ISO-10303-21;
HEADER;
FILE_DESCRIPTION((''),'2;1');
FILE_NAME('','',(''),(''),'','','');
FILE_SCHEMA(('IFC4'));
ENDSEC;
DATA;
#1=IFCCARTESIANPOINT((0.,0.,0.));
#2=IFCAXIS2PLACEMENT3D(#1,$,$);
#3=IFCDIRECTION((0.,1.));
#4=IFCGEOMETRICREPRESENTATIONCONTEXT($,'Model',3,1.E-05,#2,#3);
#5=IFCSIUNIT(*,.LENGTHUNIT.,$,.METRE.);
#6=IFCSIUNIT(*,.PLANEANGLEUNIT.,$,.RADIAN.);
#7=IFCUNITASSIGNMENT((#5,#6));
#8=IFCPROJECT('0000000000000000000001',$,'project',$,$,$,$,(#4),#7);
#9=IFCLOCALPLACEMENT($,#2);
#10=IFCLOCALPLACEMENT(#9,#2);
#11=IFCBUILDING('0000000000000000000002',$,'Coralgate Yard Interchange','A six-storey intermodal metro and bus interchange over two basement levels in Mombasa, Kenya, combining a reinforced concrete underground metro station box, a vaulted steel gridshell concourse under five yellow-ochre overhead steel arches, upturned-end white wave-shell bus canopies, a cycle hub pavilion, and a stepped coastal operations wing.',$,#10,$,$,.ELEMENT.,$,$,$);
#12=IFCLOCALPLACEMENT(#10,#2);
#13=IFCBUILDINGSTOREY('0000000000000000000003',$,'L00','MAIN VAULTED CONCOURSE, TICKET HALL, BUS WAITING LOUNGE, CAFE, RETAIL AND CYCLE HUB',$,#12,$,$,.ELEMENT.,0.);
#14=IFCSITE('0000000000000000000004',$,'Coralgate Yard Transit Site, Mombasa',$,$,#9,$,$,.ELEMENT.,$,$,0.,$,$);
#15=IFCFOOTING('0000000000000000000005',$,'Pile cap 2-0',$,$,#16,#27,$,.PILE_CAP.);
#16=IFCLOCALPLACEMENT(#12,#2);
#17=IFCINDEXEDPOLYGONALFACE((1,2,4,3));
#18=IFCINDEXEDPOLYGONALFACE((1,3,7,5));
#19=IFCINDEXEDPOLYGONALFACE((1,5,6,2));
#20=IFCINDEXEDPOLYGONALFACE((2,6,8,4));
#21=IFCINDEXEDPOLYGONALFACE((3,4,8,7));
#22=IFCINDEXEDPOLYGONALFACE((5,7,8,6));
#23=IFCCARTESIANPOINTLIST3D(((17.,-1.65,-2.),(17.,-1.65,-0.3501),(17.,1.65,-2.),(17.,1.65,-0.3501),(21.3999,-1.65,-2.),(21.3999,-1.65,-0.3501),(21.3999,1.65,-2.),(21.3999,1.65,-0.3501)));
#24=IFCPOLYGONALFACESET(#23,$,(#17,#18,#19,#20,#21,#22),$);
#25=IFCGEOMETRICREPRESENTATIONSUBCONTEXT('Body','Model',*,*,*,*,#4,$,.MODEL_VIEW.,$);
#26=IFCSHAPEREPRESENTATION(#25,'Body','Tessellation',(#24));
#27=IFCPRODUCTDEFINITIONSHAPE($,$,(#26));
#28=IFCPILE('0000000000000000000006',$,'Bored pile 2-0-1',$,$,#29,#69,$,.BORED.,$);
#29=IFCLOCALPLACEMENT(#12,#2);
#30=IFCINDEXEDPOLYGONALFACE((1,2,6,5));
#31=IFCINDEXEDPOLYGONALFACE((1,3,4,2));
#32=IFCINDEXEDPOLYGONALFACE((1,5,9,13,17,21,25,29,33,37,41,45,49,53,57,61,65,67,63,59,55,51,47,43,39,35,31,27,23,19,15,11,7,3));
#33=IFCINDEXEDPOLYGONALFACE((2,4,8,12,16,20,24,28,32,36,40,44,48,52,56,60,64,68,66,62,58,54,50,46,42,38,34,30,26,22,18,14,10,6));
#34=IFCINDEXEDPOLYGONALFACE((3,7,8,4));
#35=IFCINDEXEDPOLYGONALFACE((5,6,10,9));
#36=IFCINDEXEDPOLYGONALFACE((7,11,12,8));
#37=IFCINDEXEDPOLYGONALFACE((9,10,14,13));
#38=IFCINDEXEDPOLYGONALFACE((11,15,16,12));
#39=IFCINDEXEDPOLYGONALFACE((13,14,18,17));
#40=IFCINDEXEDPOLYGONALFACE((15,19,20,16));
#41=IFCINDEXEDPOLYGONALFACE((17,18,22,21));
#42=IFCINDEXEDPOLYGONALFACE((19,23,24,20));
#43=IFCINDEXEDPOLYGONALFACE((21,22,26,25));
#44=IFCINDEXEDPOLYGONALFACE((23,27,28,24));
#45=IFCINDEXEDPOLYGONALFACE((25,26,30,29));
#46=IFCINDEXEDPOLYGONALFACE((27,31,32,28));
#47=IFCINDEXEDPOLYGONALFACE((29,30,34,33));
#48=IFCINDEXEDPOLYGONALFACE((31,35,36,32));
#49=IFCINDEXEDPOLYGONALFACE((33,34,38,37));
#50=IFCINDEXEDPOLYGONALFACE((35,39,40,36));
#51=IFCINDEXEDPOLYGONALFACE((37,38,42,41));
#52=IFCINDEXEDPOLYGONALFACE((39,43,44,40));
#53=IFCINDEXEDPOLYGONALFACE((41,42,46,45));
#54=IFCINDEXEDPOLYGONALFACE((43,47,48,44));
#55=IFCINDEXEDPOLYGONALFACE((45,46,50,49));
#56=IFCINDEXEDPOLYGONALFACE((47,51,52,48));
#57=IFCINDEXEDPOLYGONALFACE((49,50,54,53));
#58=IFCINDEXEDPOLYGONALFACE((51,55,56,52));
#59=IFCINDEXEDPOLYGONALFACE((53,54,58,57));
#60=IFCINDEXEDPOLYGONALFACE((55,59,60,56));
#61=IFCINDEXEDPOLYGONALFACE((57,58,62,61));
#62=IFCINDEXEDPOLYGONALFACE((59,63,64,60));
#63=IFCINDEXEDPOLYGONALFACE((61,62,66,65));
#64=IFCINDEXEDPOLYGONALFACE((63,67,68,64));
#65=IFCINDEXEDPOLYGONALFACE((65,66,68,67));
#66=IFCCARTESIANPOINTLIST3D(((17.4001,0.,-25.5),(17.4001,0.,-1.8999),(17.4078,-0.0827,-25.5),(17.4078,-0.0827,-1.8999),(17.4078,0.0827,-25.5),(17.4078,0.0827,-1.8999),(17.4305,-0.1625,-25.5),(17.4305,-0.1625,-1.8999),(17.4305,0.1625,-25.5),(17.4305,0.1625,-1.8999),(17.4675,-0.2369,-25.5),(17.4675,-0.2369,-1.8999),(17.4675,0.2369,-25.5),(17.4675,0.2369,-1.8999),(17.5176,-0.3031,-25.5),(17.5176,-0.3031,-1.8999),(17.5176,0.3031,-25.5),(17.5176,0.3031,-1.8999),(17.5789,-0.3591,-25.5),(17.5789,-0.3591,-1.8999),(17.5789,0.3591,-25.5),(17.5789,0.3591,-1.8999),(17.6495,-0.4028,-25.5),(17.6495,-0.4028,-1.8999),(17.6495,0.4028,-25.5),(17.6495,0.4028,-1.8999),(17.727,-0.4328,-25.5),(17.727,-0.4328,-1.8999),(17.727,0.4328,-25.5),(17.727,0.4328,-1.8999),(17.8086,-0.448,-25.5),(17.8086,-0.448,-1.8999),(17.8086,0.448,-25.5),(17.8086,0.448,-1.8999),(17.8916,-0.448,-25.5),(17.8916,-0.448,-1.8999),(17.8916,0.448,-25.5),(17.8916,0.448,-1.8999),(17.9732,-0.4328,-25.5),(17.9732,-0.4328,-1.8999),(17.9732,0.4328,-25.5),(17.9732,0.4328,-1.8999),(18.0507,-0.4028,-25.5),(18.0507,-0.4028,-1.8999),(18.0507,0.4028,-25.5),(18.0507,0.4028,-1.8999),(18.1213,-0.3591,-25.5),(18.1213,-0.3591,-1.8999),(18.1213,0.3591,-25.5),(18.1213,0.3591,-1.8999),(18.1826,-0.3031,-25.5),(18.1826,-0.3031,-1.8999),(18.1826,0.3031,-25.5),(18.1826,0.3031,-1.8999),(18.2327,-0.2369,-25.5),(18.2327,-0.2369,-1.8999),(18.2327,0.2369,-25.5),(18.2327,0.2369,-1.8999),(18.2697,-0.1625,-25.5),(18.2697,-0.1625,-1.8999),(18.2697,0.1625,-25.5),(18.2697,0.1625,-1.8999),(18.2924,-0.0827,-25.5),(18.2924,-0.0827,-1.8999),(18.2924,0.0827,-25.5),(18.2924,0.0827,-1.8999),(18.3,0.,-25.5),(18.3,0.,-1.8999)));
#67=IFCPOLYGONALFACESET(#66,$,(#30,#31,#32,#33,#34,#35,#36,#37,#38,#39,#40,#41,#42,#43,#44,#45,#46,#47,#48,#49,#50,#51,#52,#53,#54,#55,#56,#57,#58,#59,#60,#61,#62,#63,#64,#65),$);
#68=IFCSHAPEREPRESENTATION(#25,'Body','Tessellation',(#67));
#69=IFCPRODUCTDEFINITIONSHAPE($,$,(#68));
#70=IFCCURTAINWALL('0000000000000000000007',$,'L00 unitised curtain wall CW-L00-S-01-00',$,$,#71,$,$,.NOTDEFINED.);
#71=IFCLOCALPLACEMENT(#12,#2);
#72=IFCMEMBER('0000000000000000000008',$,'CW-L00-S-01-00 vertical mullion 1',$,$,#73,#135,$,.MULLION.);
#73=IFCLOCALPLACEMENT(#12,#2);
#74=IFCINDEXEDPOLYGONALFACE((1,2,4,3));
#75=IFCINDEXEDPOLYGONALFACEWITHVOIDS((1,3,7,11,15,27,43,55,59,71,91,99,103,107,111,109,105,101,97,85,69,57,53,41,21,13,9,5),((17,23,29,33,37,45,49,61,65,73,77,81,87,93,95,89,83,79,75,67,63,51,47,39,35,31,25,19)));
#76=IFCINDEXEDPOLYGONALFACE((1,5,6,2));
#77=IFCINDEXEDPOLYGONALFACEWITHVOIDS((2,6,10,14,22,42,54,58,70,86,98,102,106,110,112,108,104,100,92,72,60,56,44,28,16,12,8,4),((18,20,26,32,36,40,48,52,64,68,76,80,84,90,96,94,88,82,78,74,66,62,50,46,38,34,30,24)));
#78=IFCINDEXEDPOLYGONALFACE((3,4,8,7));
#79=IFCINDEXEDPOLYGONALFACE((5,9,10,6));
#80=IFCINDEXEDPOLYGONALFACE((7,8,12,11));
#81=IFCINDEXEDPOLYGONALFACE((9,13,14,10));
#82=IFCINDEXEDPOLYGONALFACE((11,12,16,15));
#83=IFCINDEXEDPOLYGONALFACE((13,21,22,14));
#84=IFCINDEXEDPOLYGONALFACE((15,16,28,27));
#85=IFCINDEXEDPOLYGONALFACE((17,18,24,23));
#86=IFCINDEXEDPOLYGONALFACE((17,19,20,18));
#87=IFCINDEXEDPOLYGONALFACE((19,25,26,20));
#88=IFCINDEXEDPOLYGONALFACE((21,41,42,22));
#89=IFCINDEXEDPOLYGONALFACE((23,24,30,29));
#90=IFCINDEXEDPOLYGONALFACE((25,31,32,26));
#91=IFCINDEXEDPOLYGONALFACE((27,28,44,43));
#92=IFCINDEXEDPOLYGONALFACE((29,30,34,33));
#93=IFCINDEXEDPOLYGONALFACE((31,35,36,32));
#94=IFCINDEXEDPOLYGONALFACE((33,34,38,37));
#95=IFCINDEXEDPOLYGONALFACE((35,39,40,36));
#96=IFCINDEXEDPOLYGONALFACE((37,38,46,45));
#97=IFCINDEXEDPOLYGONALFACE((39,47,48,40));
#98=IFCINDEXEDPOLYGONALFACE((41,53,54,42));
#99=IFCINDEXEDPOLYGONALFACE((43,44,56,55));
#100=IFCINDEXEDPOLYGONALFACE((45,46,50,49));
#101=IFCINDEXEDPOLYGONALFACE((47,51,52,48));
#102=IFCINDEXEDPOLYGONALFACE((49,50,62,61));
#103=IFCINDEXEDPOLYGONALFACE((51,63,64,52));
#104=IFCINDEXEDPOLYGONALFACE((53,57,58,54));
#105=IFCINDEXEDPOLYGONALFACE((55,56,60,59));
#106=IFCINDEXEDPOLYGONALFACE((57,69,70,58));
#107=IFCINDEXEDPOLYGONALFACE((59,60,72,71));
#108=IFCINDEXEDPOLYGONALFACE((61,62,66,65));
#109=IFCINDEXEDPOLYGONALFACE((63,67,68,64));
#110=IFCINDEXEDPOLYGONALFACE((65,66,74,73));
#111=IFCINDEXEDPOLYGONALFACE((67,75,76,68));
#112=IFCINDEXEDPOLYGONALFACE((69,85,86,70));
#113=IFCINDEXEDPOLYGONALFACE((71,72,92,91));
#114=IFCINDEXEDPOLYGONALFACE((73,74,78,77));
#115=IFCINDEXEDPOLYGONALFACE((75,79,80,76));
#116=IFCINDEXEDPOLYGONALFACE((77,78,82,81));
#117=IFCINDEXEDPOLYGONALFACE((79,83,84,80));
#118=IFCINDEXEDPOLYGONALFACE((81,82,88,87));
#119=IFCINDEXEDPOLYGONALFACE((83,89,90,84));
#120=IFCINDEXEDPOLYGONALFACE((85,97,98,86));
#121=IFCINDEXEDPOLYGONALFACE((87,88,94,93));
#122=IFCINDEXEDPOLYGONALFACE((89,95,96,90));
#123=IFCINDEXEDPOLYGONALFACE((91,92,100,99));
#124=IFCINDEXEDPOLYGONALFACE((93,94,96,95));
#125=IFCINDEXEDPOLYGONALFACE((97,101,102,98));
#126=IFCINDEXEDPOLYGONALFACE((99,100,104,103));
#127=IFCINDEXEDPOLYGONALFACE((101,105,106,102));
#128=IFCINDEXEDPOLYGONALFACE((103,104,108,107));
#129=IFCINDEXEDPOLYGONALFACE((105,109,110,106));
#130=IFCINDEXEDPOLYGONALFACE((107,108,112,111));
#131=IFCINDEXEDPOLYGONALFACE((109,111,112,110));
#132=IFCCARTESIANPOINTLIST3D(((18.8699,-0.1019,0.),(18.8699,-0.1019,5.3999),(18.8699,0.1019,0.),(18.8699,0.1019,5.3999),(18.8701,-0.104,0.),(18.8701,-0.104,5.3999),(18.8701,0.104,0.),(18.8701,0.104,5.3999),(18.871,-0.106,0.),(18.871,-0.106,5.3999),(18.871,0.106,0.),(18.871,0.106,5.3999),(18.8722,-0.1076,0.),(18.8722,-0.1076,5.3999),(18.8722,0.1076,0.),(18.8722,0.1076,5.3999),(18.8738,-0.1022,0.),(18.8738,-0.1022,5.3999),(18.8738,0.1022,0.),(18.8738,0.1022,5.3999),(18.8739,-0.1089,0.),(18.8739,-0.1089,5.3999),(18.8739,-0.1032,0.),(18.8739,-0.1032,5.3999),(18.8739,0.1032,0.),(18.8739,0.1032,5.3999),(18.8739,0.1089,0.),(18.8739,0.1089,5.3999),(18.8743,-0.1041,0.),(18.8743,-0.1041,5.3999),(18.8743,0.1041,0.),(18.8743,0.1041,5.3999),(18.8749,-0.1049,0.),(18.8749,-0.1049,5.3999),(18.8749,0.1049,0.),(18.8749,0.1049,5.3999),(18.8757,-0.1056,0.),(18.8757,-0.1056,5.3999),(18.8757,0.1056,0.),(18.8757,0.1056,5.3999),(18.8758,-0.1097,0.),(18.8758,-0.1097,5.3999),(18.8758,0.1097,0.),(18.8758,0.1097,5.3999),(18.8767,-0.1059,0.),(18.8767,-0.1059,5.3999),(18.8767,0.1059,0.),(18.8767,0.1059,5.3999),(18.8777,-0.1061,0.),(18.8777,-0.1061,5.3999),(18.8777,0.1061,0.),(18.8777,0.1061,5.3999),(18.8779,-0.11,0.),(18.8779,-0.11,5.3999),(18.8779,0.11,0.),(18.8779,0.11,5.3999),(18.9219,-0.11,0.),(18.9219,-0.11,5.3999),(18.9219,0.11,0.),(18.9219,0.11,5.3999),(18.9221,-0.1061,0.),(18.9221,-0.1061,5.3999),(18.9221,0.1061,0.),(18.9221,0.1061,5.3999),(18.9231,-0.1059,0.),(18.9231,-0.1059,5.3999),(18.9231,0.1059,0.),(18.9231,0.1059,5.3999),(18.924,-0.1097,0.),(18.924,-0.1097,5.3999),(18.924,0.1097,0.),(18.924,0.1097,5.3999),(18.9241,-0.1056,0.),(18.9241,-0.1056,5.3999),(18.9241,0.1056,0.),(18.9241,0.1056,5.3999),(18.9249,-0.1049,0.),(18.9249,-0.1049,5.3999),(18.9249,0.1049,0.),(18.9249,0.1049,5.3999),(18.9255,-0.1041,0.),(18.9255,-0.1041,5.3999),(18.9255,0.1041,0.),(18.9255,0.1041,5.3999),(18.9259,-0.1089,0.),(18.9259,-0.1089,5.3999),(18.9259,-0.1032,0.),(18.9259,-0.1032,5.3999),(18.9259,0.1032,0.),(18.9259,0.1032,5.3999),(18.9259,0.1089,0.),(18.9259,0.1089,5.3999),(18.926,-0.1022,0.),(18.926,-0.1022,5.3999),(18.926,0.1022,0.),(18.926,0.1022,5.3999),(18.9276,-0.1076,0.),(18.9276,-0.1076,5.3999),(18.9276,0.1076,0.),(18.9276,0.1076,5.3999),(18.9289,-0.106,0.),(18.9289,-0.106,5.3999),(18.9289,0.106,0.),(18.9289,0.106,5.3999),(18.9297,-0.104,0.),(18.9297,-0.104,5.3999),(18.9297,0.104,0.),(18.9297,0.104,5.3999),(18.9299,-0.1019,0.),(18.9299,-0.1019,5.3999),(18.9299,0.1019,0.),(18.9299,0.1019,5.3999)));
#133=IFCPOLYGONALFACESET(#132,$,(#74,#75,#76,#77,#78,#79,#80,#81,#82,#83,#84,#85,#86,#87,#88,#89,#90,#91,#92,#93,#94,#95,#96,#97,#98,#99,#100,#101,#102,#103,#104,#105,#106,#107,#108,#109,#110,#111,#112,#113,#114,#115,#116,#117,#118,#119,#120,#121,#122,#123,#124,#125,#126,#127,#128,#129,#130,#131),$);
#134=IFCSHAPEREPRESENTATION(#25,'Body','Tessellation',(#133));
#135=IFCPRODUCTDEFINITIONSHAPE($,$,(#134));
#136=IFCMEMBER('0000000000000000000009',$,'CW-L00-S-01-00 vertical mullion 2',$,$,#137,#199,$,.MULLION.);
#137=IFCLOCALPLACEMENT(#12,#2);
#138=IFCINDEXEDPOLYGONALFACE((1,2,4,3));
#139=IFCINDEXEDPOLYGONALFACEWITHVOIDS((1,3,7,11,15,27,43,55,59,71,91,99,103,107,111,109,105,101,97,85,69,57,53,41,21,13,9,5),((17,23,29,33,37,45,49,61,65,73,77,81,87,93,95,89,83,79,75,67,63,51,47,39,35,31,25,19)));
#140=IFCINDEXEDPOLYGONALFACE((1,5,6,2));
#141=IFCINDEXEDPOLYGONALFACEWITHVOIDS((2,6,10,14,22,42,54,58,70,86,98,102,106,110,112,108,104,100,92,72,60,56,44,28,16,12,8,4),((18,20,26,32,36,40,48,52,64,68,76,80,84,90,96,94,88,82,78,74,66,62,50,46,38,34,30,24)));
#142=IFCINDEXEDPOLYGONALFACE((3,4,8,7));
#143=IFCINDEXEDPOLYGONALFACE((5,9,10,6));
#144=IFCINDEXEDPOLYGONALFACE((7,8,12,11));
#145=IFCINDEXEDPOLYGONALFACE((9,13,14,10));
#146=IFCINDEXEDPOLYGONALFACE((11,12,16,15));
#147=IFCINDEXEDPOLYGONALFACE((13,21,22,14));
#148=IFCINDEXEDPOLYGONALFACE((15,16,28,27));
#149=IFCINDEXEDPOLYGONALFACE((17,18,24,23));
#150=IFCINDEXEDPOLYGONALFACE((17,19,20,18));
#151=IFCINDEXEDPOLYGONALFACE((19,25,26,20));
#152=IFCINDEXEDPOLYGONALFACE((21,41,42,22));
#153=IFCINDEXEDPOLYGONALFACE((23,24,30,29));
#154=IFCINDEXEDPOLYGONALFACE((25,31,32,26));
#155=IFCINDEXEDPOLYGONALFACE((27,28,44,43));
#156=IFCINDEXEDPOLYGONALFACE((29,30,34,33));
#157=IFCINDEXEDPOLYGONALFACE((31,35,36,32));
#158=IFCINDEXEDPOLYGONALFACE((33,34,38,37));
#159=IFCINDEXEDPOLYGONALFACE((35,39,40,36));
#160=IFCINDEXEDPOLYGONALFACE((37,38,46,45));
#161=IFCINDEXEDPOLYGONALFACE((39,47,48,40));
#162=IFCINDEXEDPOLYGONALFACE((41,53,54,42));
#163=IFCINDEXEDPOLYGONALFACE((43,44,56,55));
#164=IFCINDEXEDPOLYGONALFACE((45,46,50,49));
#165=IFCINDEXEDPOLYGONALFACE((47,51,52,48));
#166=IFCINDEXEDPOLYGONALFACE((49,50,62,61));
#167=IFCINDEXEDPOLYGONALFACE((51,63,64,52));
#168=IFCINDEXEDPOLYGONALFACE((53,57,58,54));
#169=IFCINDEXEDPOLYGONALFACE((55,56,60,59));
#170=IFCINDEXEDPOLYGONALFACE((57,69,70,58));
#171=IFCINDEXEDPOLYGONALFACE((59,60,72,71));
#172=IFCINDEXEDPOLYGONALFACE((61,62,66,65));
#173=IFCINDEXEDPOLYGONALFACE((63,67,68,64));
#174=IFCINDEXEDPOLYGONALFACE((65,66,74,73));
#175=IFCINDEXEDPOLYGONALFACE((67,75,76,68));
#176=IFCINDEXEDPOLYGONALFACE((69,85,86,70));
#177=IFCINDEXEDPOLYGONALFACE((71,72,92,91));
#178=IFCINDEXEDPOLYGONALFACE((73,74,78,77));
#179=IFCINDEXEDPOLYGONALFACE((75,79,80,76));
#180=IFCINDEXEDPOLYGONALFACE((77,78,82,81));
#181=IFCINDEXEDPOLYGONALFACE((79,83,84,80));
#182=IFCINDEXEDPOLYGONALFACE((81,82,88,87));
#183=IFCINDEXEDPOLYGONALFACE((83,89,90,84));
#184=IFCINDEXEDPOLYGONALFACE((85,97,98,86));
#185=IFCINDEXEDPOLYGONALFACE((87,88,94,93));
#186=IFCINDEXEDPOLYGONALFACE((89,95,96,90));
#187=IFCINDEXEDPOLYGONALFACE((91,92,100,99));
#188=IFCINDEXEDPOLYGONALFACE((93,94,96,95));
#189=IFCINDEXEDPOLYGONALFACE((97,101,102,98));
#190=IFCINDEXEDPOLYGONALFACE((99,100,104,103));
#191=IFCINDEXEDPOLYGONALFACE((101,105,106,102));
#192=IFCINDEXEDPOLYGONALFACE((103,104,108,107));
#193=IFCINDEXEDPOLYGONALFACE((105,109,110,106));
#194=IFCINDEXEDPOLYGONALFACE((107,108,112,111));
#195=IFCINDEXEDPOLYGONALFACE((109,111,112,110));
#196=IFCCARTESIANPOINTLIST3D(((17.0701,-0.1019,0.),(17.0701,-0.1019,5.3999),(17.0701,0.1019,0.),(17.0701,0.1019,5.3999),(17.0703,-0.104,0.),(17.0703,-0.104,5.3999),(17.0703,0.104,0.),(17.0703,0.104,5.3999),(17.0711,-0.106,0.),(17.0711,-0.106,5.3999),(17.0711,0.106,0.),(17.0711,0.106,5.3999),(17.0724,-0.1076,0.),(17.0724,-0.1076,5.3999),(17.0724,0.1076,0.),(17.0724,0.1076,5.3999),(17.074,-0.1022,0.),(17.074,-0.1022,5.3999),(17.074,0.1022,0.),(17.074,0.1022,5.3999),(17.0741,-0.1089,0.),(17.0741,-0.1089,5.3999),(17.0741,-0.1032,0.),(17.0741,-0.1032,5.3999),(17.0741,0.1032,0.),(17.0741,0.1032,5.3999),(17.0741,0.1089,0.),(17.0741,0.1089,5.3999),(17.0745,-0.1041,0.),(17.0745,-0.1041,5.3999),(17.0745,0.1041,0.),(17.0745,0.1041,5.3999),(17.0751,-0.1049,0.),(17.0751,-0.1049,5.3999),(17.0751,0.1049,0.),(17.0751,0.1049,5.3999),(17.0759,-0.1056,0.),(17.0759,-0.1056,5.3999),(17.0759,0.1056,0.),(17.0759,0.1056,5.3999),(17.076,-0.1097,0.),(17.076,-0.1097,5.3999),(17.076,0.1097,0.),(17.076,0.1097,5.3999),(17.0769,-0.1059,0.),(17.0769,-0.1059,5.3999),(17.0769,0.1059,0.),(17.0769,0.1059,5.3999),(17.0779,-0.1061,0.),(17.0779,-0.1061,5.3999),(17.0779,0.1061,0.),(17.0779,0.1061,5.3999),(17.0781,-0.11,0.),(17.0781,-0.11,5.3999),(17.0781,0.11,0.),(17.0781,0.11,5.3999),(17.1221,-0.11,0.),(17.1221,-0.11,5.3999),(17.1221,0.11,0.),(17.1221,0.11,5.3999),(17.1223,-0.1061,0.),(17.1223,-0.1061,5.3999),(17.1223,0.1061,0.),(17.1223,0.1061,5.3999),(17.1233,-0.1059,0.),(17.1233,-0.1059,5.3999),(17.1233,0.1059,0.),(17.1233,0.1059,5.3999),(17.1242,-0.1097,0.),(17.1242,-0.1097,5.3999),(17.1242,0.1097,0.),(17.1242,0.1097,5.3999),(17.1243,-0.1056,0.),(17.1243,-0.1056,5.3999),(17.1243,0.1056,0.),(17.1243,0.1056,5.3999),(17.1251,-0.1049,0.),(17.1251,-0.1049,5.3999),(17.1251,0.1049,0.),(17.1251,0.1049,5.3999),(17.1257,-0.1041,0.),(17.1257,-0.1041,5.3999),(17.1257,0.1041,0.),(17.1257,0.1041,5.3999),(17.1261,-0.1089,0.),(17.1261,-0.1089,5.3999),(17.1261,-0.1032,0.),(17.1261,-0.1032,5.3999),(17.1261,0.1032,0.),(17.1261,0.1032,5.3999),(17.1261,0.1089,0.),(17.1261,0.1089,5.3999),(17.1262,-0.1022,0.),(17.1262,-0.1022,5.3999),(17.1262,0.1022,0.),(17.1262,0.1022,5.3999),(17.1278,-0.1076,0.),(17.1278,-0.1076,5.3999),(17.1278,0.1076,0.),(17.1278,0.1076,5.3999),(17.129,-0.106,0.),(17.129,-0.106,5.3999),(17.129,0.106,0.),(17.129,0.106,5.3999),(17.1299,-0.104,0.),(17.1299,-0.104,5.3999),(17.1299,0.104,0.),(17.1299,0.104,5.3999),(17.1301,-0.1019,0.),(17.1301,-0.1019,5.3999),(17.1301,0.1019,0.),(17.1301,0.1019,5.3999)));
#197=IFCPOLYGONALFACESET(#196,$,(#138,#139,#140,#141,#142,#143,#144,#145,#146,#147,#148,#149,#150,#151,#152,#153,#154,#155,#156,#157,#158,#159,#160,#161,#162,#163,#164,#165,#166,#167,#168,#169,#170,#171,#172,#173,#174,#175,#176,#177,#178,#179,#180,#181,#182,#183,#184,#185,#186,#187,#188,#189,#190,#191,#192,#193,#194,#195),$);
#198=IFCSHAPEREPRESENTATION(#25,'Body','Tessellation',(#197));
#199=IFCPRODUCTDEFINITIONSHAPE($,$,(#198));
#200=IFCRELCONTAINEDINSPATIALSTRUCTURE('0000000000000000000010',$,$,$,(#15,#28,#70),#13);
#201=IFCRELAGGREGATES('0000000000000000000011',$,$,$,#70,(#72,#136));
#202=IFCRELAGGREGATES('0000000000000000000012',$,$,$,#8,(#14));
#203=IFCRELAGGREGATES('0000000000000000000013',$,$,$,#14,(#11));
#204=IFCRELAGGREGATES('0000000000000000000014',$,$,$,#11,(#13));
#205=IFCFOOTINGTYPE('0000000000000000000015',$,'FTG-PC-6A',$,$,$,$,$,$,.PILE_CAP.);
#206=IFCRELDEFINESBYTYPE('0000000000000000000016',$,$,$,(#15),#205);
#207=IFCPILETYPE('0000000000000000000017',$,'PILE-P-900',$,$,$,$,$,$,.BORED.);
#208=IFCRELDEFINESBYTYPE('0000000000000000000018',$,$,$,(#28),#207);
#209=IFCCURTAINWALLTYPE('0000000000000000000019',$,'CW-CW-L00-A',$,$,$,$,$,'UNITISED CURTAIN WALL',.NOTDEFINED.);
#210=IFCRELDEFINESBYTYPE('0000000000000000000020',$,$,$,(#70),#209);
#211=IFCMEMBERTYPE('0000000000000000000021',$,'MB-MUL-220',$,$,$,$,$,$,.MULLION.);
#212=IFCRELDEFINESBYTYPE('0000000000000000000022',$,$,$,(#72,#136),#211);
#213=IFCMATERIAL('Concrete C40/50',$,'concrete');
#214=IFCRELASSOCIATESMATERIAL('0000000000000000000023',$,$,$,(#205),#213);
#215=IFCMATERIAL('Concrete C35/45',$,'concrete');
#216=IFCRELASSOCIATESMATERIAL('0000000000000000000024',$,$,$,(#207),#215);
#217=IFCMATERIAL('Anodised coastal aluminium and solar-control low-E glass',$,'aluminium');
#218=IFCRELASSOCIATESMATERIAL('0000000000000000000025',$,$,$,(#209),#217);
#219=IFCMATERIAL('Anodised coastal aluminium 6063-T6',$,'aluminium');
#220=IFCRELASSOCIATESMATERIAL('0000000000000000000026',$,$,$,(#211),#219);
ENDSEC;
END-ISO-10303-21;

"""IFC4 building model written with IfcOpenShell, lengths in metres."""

from ifc_helpers import new_model, si_unit, direction, frame, origin, origin_2d, place, context, subcontext, project, spatial, rectangle, hollow_rectangle, circle, extrude, material, material_profile, profile_set, type_object, element, aggregate, save


model = new_model("IFC4")

# Units and contexts
model_context = context("Model", 3, precision=1e-05, world=origin(), true_north=direction((0.0, 1.0)))
body_context = subcontext(model_context, "Body", "Model", "MODEL_VIEW")
ifc_project = project(units=[si_unit("LENGTHUNIT", "METRE"), si_unit("PLANEANGLEUNIT", "RADIAN")], contexts=[model_context])

# Site, building, storey
site_placement = place(None, origin())
site = spatial("IfcSite", under=ifc_project, at=site_placement, Name="Coralgate Yard Transit Site, Mombasa", CompositionType="ELEMENT", RefElevation=0.0)
building_placement = place(site_placement, origin())
building = spatial("IfcBuilding", under=site, at=building_placement, Name="Coralgate Yard Interchange", Description="A six-storey intermodal metro and bus interchange over two basement levels in Mombasa, Kenya, combining a reinforced concrete underground metro station box, a vaulted steel gridshell concourse under five yellow-ochre overhead steel arches, upturned-end white wave-shell bus canopies, a cycle hub pavilion, and a stepped coastal operations wing.", CompositionType="ELEMENT")
storey_placement = place(building_placement, origin())
storey = spatial("IfcBuildingStorey", under=building, at=storey_placement, Name="L00", Description="MAIN VAULTED CONCOURSE, TICKET HALL, BUS WAITING LOUNGE, CAFE, RETAIL AND CYCLE HUB", CompositionType="ELEMENT", Elevation=0.0)

# Footing
ifc_material_1 = material(Name="Concrete C40/50", Category="concrete")
footing_type = type_object("IfcFootingType", Name="FTG-PC-6A", PredefinedType="PILE_CAP", material=ifc_material_1)
footing_placement = place(storey_placement, frame((19.2, 0.0, -2.0), z_axis=(0.0, 0.0, 1.0), x_axis=(1.0, 0.0, 0.0)))
element("IfcFooting", 1, at=footing_placement, inside=storey, type_object=footing_type, Name="Pile cap 2-0", PredefinedType="PILE_CAP", context=body_context, shape_type="SweptSolid", body=[
    extrude(rectangle(XDim=4.3999, YDim=3.3, at=origin_2d()), origin(), (0.0, 0.0, 1.0), 1.6499),
])

# Pile
ifc_material_2 = material(Name="Concrete C35/45", Category="concrete")
ifc_material_profile_1 = material_profile(ifc_material_2, circle(Radius=0.45, at=origin_2d()), Name="BORED PILE D900")
ifc_profile_set_1 = profile_set([ifc_material_profile_1], Name="Concrete C35/45")
pile_type = type_object("IfcPileType", Name="PILE-P-900", PredefinedType="BORED", material=ifc_profile_set_1)
pile_placement = place(storey_placement, frame((17.8501, 0.0, -1.8999), z_axis=(0.0, 0.0, -1.0), x_axis=(1.0, 0.0, 0.0)))
element("IfcPile", 2, at=pile_placement, inside=storey, type_object=pile_type, Name="Bored pile 2-0-1", PredefinedType="BORED", context=body_context, shape_type="SweptSolid", body=[
    extrude(circle(Radius=0.45, at=origin_2d()), origin(), (0.0, 0.0, 1.0), 23.6001),
])

# Curtain wall, members
ifc_material_3 = material(Name="Anodised coastal aluminium and solar-control low-E glass", Category="aluminium")
curtain_wall_type = type_object("IfcCurtainWallType", Name="CW-CW-L00-A", ElementType="UNITISED CURTAIN WALL", PredefinedType="NOTDEFINED", material=ifc_material_3)
curtain_wall_placement = place(storey_placement, origin())
curtain_wall = element("IfcCurtainWall", 3, at=curtain_wall_placement, inside=storey, type_object=curtain_wall_type, Name="L00 unitised curtain wall CW-L00-S-01-00", PredefinedType="NOTDEFINED")
ifc_material_4 = material(Name="Anodised coastal aluminium 6063-T6", Category="aluminium")
ifc_material_profile_2 = material_profile(ifc_material_4, hollow_rectangle(XDim=0.0601, YDim=0.22, WallThickness=0.0039, InnerFilletRadius=0.0039, OuterFilletRadius=0.0081, at=origin_2d()), Name="ALU 60x220x4")
ifc_profile_set_2 = profile_set([ifc_material_profile_2], Name="Anodised coastal aluminium 6063-T6")
member_type_1 = type_object("IfcMemberType", Name="MB-MUL-220", PredefinedType="MULLION", material=ifc_profile_set_2)
member_1_placement = place(storey_placement, frame((18.8999, 0.0, 0.0), z_axis=(0.0, 0.0, 1.0), x_axis=(1.0, 0.0, 0.0)))
member_1 = element("IfcMember", 4, at=member_1_placement, type_object=member_type_1, Name="CW-L00-S-01-00 vertical mullion 1", PredefinedType="MULLION", context=body_context, shape_type="SweptSolid", body=[
    extrude(hollow_rectangle(XDim=0.0601, YDim=0.22, WallThickness=0.0039, InnerFilletRadius=0.0039, OuterFilletRadius=0.0081, at=origin_2d()), origin(), (0.0, 0.0, 1.0), 5.3999),
])
member_2_placement = place(storey_placement, frame((17.1001, 0.0, 0.0), z_axis=(0.0, 0.0, 1.0), x_axis=(1.0, 0.0, 0.0)))
member_2 = element("IfcMember", 5, at=member_2_placement, type_object=member_type_1, Name="CW-L00-S-01-00 vertical mullion 2", PredefinedType="MULLION", context=body_context, shape_type="SweptSolid", body=[
    extrude(hollow_rectangle(XDim=0.0601, YDim=0.22, WallThickness=0.0039, InnerFilletRadius=0.0039, OuterFilletRadius=0.0081, at=origin_2d()), origin(), (0.0, 0.0, 1.0), 5.3999),
])
aggregate(curtain_wall, [member_1, member_2])

save(model, "model.ifc")
